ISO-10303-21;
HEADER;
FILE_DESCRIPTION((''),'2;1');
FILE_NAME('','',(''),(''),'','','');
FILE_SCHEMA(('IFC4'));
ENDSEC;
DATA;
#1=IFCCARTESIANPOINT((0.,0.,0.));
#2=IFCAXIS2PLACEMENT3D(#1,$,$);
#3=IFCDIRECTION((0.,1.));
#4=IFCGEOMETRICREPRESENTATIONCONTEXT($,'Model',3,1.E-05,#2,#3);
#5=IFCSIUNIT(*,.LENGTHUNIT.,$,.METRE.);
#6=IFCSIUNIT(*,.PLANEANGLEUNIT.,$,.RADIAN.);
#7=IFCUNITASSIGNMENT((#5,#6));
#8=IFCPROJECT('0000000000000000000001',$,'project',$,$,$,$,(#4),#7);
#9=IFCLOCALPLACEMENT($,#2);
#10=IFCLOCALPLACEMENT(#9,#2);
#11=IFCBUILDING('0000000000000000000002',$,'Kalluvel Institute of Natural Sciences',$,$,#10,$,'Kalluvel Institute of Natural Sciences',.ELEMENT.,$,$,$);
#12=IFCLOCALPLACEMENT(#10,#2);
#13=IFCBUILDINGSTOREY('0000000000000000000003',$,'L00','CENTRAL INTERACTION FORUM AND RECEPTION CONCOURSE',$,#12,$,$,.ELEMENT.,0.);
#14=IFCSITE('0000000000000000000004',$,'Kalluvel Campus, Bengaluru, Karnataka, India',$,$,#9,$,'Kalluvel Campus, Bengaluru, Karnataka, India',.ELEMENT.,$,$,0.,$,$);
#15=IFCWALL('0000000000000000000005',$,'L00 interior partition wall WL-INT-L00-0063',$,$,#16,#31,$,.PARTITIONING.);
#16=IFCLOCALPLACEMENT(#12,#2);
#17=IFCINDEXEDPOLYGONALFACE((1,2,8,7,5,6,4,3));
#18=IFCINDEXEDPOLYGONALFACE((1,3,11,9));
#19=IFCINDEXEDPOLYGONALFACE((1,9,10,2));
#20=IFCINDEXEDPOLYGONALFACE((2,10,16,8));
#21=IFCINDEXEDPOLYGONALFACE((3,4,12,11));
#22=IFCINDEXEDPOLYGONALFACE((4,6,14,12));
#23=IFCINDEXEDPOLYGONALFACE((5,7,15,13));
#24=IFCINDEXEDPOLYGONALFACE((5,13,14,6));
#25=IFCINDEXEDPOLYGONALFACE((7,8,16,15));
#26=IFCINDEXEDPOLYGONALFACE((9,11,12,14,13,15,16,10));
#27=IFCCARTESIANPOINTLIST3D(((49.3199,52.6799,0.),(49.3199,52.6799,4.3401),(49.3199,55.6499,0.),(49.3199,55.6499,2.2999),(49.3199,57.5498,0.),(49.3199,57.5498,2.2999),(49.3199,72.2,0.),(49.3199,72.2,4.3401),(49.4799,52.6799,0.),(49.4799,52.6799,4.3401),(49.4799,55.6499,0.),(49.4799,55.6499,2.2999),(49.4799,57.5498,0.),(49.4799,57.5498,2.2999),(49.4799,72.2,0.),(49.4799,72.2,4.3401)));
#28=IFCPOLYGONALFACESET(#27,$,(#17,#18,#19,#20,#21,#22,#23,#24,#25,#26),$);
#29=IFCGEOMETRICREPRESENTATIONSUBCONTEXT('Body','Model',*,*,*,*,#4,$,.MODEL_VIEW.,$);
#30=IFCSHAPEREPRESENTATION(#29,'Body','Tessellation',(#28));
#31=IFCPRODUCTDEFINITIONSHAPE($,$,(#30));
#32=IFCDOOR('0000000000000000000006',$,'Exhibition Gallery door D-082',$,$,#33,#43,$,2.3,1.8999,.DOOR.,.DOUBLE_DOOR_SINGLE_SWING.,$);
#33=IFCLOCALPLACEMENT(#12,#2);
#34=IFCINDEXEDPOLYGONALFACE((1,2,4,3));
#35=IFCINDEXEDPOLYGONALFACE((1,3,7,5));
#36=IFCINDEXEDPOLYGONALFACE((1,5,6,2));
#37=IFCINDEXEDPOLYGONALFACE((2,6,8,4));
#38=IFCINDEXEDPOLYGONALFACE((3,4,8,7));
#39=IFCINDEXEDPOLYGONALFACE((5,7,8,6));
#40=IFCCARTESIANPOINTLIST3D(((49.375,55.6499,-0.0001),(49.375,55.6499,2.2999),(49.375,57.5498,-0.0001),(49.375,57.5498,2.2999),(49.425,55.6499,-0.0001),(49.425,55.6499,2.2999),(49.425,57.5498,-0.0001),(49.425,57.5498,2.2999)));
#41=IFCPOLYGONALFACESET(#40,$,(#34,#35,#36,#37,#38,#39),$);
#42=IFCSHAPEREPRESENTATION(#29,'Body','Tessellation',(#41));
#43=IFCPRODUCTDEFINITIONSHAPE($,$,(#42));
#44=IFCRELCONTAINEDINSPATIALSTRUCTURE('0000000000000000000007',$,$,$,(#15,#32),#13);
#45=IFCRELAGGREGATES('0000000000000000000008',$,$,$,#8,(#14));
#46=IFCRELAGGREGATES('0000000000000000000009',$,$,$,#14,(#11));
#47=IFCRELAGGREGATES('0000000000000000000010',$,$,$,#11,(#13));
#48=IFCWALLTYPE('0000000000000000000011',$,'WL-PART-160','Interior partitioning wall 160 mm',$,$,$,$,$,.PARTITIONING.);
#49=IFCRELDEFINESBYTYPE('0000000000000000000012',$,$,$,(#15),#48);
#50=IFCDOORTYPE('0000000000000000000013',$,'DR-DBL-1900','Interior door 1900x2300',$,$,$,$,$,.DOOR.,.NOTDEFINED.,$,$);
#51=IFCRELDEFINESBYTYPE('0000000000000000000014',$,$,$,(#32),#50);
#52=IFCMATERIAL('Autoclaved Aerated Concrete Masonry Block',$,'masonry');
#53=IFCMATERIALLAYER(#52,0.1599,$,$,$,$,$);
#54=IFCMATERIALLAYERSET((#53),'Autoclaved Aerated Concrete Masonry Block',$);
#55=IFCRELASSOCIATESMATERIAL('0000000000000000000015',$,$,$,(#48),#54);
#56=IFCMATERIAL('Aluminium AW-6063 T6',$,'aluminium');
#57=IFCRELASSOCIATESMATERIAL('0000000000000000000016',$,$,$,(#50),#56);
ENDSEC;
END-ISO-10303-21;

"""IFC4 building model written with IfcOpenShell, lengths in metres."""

from ifc_helpers import new_model, si_unit, direction, frame, frame_2d, origin, place, context, subcontext, project, spatial, rectangle, extrude, material, layer, layer_set, type_object, element, fill, save


model = new_model("IFC4")

# Units and contexts
model_context = context("Model", 3, precision=1e-05, world=origin(), true_north=direction((0.0, 1.0)))
body_context = subcontext(model_context, "Body", "Model", "MODEL_VIEW")
ifc_project = project(units=[si_unit("LENGTHUNIT", "METRE"), si_unit("PLANEANGLEUNIT", "RADIAN")], contexts=[model_context])

# Site, building, storey
site_placement = place(None, origin())
site = spatial("IfcSite", under=ifc_project, at=site_placement, Name="Kalluvel Campus, Bengaluru, Karnataka, India", LongName="Kalluvel Campus, Bengaluru, Karnataka, India", CompositionType="ELEMENT", RefElevation=0.0)
building_placement = place(site_placement, origin())
building = spatial("IfcBuilding", under=site, at=building_placement, Name="Kalluvel Institute of Natural Sciences", LongName="Kalluvel Institute of Natural Sciences", CompositionType="ELEMENT")
storey_placement = place(building_placement, origin())
storey = spatial("IfcBuildingStorey", under=building, at=storey_placement, Name="L00", Description="CENTRAL INTERACTION FORUM AND RECEPTION CONCOURSE", CompositionType="ELEMENT", Elevation=0.0)

# Shared definitions
ifc_material_1 = material(Name="Aluminium AW-6063 T6", Category="aluminium")

# Wall, opening, door
ifc_material_2 = material(Name="Autoclaved Aerated Concrete Masonry Block", Category="masonry")
ifc_layer_1 = layer(ifc_material_2, 0.1599)
ifc_layer_set_1 = layer_set([ifc_layer_1], Name="Autoclaved Aerated Concrete Masonry Block")
wall_type = type_object("IfcWallType", Name="WL-PART-160", Description="Interior partitioning wall 160 mm", PredefinedType="PARTITIONING", material=ifc_layer_set_1)
wall_placement = place(storey_placement, frame((49.3999, 52.6799, 0.0), z_axis=(0.0, 0.0, 1.0), x_axis=(0.0, 1.0, 0.0)))
wall = element("IfcWall", 1, at=wall_placement, inside=storey, type_object=wall_type, Name="L00 interior partition wall WL-INT-L00-0063", PredefinedType="PARTITIONING", context=body_context, shape_type="SweptSolid", body=[
    extrude(rectangle(XDim=19.52, YDim=0.1599, at=frame_2d((9.76, 0.0))), origin(), (0.0, 0.0, 1.0), 4.3401),
])
opening_placement = place(wall_placement, frame((2.97, 0.0, 0.0)))
opening = element("IfcOpeningElement", 2, at=opening_placement, cuts=wall, PredefinedType="OPENING", context=body_context, shape_type="SweptSolid", body=[
    extrude(rectangle(XDim=1.8999, YDim=2.3, at=frame_2d((0.95, 1.1499))), frame((0.0, 0.0898, 0.0), z_axis=(0.0, -1.0, 0.0), x_axis=(1.0, 0.0, 0.0)), (0.0, 0.0, 1.0), 0.1799),
])
door_type = type_object("IfcDoorType", Name="DR-DBL-1900", Description="Interior door 1900x2300", OperationType="NOTDEFINED", PredefinedType="DOOR", material=ifc_material_1)
door_placement = place(opening_placement, origin())
door = element("IfcDoor", 3, at=door_placement, inside=storey, type_object=door_type, Name="Exhibition Gallery door D-082", OperationType="DOUBLE_DOOR_SINGLE_SWING", OverallHeight=2.3, OverallWidth=1.8999, PredefinedType="DOOR", context=body_context, shape_type="SweptSolid", body=[
    extrude(rectangle(XDim=1.8999, YDim=2.3, at=frame_2d((0.95, 1.1499))), frame((0.0, 0.0249, 0.0), z_axis=(0.0, -1.0, 0.0), x_axis=(1.0, 0.0, 0.0)), (0.0, 0.0, 1.0), 0.05),
])
fill(opening, door)

save(model, "model.ifc")
